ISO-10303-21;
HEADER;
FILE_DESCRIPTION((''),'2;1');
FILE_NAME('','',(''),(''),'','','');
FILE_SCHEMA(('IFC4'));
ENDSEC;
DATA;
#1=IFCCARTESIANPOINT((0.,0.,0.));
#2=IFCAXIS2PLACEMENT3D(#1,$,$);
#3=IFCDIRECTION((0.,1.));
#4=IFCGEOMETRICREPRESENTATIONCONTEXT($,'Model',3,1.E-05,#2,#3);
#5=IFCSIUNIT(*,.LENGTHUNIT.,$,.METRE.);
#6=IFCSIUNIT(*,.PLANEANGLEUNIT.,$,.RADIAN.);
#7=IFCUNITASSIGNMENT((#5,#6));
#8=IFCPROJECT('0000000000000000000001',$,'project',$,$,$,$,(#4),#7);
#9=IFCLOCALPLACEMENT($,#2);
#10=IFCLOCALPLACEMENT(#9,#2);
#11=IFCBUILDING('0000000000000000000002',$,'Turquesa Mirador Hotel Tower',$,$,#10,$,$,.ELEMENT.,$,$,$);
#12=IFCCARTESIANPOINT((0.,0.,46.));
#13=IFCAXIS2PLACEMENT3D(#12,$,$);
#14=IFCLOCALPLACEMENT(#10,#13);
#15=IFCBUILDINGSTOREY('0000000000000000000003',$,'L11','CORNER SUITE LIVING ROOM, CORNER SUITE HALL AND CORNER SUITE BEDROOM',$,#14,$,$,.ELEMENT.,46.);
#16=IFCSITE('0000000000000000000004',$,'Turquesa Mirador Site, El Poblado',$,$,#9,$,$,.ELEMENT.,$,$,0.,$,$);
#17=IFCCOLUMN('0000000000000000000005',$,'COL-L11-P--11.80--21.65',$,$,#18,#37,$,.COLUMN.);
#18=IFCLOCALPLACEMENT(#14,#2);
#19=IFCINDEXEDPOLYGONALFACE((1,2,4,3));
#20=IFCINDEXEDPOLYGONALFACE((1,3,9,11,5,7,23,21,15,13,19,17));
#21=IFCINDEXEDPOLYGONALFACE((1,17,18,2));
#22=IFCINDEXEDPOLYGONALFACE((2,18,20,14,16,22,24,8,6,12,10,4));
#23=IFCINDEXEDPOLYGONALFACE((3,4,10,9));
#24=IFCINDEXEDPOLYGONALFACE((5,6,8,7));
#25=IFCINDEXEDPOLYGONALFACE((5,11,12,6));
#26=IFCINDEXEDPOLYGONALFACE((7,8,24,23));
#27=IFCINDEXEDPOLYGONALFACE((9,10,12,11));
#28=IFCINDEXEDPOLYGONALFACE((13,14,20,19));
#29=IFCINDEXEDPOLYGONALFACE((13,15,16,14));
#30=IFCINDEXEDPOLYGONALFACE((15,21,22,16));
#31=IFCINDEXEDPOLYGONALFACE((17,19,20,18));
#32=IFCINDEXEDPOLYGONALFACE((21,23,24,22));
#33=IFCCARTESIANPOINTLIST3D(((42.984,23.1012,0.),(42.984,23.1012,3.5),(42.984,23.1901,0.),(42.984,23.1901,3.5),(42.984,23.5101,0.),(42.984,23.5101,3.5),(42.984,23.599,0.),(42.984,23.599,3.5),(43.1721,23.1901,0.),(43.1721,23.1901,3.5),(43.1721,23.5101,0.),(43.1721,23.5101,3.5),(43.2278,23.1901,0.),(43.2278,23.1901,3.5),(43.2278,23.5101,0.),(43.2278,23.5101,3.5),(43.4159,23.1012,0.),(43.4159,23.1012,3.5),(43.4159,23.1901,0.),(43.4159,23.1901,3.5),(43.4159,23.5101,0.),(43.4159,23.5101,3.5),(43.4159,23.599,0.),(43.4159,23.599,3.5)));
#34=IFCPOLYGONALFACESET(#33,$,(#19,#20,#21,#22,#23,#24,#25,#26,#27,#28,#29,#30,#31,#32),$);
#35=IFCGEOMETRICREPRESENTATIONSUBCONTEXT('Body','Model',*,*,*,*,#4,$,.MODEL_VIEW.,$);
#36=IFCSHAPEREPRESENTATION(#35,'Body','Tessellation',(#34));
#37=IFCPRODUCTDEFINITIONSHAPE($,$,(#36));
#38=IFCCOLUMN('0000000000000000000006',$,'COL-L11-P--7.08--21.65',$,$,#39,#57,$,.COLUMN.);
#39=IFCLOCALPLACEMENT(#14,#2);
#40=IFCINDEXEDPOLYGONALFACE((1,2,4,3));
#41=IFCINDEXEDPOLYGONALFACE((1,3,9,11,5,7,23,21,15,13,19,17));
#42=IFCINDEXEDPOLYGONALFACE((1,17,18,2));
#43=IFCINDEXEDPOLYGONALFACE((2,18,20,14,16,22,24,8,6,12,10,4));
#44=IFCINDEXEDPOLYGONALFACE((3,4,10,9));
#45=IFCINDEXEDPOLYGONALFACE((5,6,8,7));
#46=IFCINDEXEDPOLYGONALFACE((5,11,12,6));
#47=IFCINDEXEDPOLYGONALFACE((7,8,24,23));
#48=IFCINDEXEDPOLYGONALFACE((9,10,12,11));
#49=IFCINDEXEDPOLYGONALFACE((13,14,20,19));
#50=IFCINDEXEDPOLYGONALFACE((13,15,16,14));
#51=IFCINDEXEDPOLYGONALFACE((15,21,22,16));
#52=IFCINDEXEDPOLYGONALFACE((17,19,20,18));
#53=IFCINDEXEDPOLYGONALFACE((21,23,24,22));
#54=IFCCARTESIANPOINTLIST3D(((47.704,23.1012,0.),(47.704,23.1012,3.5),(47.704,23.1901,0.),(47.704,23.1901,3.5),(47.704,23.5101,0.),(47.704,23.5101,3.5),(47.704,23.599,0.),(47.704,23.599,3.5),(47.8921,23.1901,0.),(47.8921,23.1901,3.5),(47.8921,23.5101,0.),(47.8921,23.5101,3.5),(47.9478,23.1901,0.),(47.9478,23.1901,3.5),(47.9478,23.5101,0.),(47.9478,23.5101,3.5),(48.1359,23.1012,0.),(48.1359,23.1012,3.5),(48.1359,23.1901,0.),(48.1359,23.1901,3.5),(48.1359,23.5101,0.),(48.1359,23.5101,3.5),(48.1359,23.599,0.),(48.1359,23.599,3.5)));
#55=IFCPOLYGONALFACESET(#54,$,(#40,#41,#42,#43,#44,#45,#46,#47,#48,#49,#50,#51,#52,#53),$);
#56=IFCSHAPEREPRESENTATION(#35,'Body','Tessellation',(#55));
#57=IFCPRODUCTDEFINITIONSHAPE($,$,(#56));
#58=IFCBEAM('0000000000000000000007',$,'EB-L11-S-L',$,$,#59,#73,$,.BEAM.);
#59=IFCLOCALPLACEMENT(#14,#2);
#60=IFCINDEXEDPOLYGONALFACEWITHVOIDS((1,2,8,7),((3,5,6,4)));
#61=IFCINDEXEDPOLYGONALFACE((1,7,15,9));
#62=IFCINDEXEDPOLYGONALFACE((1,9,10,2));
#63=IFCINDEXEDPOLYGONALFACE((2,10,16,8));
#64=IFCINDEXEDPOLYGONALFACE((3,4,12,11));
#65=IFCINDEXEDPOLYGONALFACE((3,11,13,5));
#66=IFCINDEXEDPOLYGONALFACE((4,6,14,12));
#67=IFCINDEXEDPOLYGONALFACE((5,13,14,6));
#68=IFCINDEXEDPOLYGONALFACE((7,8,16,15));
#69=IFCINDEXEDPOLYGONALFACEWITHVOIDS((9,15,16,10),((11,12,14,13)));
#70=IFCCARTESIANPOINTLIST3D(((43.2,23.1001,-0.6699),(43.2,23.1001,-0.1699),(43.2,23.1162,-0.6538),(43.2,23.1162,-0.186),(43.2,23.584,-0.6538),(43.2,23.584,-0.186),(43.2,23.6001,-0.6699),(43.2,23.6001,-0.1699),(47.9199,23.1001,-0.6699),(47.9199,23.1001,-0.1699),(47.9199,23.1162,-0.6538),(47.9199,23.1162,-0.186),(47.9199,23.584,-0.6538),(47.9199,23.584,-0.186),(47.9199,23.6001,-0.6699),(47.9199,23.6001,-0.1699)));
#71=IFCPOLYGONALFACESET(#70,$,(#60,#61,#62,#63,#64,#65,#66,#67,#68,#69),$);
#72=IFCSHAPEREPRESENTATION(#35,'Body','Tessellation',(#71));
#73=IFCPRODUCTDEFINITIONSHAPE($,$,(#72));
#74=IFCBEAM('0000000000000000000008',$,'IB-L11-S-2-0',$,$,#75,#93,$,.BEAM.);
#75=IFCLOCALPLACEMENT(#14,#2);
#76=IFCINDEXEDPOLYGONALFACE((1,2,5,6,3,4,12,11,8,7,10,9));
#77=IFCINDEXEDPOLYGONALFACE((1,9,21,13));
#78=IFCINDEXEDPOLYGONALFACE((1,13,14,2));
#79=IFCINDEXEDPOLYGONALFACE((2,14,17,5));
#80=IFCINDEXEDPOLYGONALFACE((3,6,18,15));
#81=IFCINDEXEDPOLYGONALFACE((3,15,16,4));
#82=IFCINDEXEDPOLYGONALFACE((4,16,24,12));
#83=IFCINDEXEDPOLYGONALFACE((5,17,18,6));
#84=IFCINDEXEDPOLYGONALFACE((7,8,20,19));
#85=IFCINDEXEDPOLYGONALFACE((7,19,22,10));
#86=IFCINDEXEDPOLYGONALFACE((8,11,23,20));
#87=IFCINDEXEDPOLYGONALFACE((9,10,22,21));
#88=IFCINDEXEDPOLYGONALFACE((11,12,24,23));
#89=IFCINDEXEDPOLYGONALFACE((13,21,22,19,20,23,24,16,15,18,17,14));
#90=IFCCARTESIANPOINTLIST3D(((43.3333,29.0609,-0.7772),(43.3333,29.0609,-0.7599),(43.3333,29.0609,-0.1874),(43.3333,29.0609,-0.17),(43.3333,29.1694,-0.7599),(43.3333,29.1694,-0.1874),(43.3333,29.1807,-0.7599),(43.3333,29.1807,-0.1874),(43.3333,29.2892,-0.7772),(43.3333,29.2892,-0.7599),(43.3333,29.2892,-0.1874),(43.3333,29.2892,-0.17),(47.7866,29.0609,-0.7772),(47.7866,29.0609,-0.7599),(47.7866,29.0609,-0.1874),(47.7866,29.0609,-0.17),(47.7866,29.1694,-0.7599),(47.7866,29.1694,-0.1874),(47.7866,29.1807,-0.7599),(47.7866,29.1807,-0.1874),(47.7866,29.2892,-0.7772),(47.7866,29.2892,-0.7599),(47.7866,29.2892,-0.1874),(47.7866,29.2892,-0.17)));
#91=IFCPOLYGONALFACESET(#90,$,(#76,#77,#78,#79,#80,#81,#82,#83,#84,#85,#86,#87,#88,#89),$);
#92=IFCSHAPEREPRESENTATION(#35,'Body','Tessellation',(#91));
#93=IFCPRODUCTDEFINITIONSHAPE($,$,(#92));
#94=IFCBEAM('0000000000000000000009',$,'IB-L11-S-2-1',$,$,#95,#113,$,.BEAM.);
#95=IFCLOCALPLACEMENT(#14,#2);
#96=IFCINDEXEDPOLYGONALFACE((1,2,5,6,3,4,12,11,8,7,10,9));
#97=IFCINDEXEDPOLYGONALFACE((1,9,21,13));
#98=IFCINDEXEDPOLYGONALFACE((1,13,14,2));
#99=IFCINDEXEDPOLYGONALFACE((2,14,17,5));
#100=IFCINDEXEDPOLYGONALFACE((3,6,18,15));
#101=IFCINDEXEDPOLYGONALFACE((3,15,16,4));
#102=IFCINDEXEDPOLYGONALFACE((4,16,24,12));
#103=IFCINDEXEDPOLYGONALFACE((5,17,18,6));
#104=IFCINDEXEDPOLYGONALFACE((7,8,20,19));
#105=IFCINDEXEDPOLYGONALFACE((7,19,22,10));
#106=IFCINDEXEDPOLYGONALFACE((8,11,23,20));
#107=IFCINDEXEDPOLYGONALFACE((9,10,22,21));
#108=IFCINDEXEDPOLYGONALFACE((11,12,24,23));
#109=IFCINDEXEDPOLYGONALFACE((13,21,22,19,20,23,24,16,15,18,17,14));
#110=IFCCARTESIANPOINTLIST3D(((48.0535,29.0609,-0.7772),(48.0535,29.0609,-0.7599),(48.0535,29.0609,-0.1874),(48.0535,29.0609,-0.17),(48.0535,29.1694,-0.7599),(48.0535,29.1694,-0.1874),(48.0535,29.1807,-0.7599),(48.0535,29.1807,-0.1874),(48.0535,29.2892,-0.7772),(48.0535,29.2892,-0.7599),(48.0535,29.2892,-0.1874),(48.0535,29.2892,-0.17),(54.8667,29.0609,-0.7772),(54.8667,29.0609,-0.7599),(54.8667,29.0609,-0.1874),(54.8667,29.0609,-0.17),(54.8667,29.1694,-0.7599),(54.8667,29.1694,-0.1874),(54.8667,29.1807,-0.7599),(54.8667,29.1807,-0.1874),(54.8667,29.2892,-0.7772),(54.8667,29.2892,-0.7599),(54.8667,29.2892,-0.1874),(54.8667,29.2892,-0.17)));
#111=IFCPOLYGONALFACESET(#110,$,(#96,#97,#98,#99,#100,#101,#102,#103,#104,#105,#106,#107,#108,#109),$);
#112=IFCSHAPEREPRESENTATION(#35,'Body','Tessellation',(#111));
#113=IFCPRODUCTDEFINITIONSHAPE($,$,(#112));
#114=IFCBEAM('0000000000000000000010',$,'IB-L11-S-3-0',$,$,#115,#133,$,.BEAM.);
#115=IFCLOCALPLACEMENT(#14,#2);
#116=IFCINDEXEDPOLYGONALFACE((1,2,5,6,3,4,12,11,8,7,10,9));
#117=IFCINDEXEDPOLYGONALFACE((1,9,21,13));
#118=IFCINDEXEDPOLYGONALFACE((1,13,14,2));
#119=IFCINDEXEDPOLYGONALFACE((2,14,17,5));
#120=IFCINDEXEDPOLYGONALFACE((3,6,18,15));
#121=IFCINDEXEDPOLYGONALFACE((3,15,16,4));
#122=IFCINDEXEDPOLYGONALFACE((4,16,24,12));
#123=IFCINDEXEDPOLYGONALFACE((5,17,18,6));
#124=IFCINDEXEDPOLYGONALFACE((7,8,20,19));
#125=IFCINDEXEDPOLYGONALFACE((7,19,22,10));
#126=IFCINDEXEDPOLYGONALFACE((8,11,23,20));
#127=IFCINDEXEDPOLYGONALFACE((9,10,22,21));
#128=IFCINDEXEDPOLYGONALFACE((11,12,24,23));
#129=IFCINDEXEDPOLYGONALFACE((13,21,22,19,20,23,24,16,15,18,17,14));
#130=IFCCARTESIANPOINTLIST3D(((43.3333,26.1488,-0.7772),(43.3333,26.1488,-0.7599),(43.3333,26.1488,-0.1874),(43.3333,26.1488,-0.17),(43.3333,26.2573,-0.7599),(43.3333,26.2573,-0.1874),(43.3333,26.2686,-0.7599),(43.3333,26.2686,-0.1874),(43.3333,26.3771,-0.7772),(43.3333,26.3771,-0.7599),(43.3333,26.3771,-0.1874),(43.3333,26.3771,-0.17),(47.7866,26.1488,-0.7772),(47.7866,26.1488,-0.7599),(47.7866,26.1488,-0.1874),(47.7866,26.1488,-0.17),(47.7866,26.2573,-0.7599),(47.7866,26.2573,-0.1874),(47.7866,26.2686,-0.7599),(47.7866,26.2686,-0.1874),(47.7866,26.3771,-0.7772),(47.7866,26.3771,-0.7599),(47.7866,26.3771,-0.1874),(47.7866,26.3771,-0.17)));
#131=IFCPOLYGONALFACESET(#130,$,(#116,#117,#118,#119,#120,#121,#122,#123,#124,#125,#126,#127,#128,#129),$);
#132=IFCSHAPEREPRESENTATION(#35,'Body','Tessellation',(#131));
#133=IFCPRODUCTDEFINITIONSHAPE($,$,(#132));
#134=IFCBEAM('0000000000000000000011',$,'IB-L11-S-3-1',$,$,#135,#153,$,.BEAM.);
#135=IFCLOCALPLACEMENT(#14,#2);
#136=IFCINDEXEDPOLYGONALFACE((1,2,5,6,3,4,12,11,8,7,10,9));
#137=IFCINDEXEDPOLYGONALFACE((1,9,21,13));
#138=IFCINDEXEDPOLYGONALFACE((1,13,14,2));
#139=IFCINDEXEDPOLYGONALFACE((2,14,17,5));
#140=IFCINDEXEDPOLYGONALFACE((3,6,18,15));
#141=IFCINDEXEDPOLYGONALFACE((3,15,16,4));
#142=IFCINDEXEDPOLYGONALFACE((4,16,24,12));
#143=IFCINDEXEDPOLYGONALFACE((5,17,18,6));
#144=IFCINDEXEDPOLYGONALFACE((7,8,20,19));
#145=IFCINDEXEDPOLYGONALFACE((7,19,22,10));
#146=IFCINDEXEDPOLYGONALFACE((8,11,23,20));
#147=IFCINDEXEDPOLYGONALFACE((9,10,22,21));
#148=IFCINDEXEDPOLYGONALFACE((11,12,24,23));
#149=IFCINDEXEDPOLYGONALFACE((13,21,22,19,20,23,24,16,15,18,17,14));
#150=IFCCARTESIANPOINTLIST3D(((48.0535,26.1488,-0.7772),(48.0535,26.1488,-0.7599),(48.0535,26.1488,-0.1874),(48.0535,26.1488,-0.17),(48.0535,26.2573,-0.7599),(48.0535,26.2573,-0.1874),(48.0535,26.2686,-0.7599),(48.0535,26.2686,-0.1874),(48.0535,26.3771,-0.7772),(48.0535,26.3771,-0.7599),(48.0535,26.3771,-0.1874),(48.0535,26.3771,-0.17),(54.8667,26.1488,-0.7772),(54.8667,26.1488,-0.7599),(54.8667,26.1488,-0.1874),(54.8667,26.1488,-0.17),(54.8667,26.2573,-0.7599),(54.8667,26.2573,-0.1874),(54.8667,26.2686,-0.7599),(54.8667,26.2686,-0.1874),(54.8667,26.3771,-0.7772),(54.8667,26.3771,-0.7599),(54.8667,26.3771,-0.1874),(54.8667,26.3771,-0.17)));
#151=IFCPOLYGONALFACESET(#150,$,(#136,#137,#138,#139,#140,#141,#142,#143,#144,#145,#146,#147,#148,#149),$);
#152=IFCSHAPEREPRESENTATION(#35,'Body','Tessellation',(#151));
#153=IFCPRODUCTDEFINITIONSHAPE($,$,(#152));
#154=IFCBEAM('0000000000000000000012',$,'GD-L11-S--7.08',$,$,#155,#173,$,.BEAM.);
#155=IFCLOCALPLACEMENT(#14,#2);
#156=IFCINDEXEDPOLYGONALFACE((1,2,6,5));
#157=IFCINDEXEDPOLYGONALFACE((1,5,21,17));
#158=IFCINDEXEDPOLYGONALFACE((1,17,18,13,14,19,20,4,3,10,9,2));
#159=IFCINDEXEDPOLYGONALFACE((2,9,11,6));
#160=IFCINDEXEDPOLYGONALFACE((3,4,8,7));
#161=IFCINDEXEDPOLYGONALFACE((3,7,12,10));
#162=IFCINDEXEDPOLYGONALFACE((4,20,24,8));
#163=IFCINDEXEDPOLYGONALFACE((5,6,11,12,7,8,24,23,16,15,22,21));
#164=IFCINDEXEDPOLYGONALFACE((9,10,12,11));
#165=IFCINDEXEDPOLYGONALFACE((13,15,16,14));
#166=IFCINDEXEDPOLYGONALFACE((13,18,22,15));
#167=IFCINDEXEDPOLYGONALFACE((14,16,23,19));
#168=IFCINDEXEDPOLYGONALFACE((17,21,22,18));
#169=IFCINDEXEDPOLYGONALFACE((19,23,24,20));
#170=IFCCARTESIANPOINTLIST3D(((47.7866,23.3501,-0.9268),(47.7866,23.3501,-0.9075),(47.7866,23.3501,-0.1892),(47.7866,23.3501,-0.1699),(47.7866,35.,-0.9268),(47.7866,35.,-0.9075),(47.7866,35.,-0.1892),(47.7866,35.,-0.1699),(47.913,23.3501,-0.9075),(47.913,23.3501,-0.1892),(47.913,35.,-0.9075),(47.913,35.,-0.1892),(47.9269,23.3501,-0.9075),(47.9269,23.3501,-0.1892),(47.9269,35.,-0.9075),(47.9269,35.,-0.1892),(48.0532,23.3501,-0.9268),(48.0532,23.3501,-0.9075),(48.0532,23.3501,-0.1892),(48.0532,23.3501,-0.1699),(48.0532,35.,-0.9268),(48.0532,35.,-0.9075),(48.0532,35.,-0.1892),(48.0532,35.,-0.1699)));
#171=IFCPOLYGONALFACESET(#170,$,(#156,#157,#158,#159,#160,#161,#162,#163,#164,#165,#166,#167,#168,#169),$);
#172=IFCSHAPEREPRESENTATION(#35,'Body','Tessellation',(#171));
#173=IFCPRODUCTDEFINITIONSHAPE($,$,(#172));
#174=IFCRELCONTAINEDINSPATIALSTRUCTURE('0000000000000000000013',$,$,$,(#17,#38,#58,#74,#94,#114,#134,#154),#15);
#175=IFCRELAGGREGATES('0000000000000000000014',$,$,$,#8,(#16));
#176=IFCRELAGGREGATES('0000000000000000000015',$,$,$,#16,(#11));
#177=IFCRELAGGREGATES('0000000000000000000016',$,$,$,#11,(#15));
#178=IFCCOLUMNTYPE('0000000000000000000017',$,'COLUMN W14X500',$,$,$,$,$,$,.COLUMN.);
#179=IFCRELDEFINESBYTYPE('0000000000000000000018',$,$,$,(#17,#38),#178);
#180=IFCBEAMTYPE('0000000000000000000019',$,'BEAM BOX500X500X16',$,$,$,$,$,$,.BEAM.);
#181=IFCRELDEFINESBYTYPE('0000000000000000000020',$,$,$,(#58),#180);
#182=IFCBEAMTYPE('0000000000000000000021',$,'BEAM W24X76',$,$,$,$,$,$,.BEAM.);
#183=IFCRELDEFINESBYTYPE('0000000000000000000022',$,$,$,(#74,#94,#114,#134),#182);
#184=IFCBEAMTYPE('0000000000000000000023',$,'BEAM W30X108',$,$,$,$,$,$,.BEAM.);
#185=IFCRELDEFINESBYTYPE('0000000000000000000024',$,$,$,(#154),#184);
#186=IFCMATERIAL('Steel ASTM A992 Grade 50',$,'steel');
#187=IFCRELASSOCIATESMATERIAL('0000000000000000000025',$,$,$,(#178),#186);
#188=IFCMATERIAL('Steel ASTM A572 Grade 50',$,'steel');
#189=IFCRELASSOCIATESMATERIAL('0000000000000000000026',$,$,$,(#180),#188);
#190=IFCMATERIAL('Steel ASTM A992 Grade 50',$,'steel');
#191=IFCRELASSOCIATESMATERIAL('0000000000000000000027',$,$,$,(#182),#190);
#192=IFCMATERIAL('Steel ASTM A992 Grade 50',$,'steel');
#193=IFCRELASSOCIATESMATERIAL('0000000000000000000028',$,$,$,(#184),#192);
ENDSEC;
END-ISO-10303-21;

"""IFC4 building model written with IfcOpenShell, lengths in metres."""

from ifc_helpers import new_model, si_unit, direction, frame, origin, origin_2d, place, context, subcontext, project, spatial, hollow_rectangle, i_section, extrude, material, material_profile, profile_set, type_object, element, save


model = new_model("IFC4")

# Units and contexts
model_context = context("Model", 3, precision=1e-05, world=origin(), true_north=direction((0.0, 1.0)))
body_context = subcontext(model_context, "Body", "Model", "MODEL_VIEW")
ifc_project = project(units=[si_unit("LENGTHUNIT", "METRE"), si_unit("PLANEANGLEUNIT", "RADIAN")], contexts=[model_context])

# Site, building, storey
site_placement = place(None, origin())
site = spatial("IfcSite", under=ifc_project, at=site_placement, Name="Turquesa Mirador Site, El Poblado", CompositionType="ELEMENT", RefElevation=0.0)
building_placement = place(site_placement, origin())
building = spatial("IfcBuilding", under=site, at=building_placement, Name="Turquesa Mirador Hotel Tower", CompositionType="ELEMENT")
storey_placement = place(building_placement, frame((0.0, 0.0, 46.0)))
storey = spatial("IfcBuildingStorey", under=building, at=storey_placement, Name="L11", Description="CORNER SUITE LIVING ROOM, CORNER SUITE HALL AND CORNER SUITE BEDROOM", CompositionType="ELEMENT", Elevation=46.0)

# Columns
ifc_material_1 = material(Name="Steel ASTM A992 Grade 50", Category="steel")
ifc_material_profile_1 = material_profile(ifc_material_1, i_section(OverallWidth=0.4319, OverallDepth=0.4978, WebThickness=0.0557, FlangeThickness=0.0889, at=origin_2d()), Name="W14X500")
ifc_profile_set_1 = profile_set([ifc_material_profile_1], Name="Steel ASTM A992 Grade 50")
column_type = type_object("IfcColumnType", Name="COLUMN W14X500", PredefinedType="COLUMN", material=ifc_profile_set_1)
for number, where, z_axis, x_axis, name in (
    (1, (43.2, 23.3501, 0.0), (0.0, 0.0, 1.0), (1.0, 0.0, 0.0), "COL-L11-P--11.80--21.65"),
    (2, (47.9199, 23.3501, 0.0), (0.0, 0.0, 1.0), (1.0, 0.0, 0.0), "COL-L11-P--7.08--21.65"),
):
    element("IfcColumn", number, at=place(storey_placement, frame(where, z_axis=z_axis, x_axis=x_axis)), inside=storey, type_object=column_type, Name=name, PredefinedType="COLUMN", context=body_context, shape_type="SweptSolid", body=[
        extrude(i_section(OverallWidth=0.4319, OverallDepth=0.4978, WebThickness=0.0557, FlangeThickness=0.0889, at=origin_2d()), origin(), (0.0, 0.0, 1.0), 3.5),
    ])

# Beams
ifc_material_2 = material(Name="Steel ASTM A572 Grade 50", Category="steel")
ifc_material_profile_2 = material_profile(ifc_material_2, hollow_rectangle(XDim=0.5, YDim=0.5, WallThickness=0.0161, at=origin_2d()), Name="BOX500X500X16")
ifc_profile_set_2 = profile_set([ifc_material_profile_2], Name="Steel ASTM A572 Grade 50")
beam_type_1 = type_object("IfcBeamType", Name="BEAM BOX500X500X16", PredefinedType="BEAM", material=ifc_profile_set_2)
beam_1_placement = place(storey_placement, frame((43.2, 23.3501, -0.4199), z_axis=(1.0, 0.0, 0.0), x_axis=(0.0, 1.0, 0.0)))
element("IfcBeam", 3, at=beam_1_placement, inside=storey, type_object=beam_type_1, Name="EB-L11-S-L", PredefinedType="BEAM", context=body_context, shape_type="SweptSolid", body=[
    extrude(hollow_rectangle(XDim=0.5, YDim=0.5, WallThickness=0.0161, at=origin_2d()), origin(), (0.0, 0.0, 1.0), 4.72),
])
ifc_material_3 = material(Name="Steel ASTM A992 Grade 50", Category="steel")
ifc_material_profile_3 = material_profile(ifc_material_3, i_section(OverallWidth=0.2283, OverallDepth=0.6072, WebThickness=0.0112, FlangeThickness=0.0173, at=origin_2d()), Name="W24X76")
ifc_profile_set_3 = profile_set([ifc_material_profile_3], Name="Steel ASTM A992 Grade 50")
beam_type_2 = type_object("IfcBeamType", Name="BEAM W24X76", PredefinedType="BEAM", material=ifc_profile_set_3)
beam_2_placement = place(storey_placement, frame((43.3333, 29.175, -0.4736), z_axis=(1.0, 0.0, 0.0), x_axis=(0.0, 1.0, 0.0)))
element("IfcBeam", 4, at=beam_2_placement, inside=storey, type_object=beam_type_2, Name="IB-L11-S-2-0", PredefinedType="BEAM", context=body_context, shape_type="SweptSolid", body=[
    extrude(i_section(OverallWidth=0.2283, OverallDepth=0.6072, WebThickness=0.0112, FlangeThickness=0.0173, at=origin_2d()), origin(), (0.0, 0.0, 1.0), 4.4534),
])
beam_3_placement = place(storey_placement, frame((48.0535, 29.175, -0.4736), z_axis=(1.0, 0.0, 0.0), x_axis=(0.0, 1.0, 0.0)))
element("IfcBeam", 5, at=beam_3_placement, inside=storey, type_object=beam_type_2, Name="IB-L11-S-2-1", PredefinedType="BEAM", context=body_context, shape_type="SweptSolid", body=[
    extrude(i_section(OverallWidth=0.2283, OverallDepth=0.6072, WebThickness=0.0112, FlangeThickness=0.0173, at=origin_2d()), origin(), (0.0, 0.0, 1.0), 6.8132),
])
beam_4_placement = place(storey_placement, frame((43.3333, 26.2629, -0.4736), z_axis=(1.0, 0.0, 0.0), x_axis=(0.0, 1.0, 0.0)))
element("IfcBeam", 6, at=beam_4_placement, inside=storey, type_object=beam_type_2, Name="IB-L11-S-3-0", PredefinedType="BEAM", context=body_context, shape_type="SweptSolid", body=[
    extrude(i_section(OverallWidth=0.2283, OverallDepth=0.6072, WebThickness=0.0112, FlangeThickness=0.0173, at=origin_2d()), origin(), (0.0, 0.0, 1.0), 4.4534),
])
beam_5_placement = place(storey_placement, frame((48.0535, 26.2629, -0.4736), z_axis=(1.0, 0.0, 0.0), x_axis=(0.0, 1.0, 0.0)))
element("IfcBeam", 7, at=beam_5_placement, inside=storey, type_object=beam_type_2, Name="IB-L11-S-3-1", PredefinedType="BEAM", context=body_context, shape_type="SweptSolid", body=[
    extrude(i_section(OverallWidth=0.2283, OverallDepth=0.6072, WebThickness=0.0112, FlangeThickness=0.0173, at=origin_2d()), origin(), (0.0, 0.0, 1.0), 6.8132),
])
ifc_material_4 = material(Name="Steel ASTM A992 Grade 50", Category="steel")
ifc_material_profile_4 = material_profile(ifc_material_4, i_section(OverallWidth=0.2666, OverallDepth=0.7568, WebThickness=0.0139, FlangeThickness=0.0193, at=origin_2d()), Name="W30X108")
ifc_profile_set_4 = profile_set([ifc_material_profile_4], Name="Steel ASTM A992 Grade 50")
beam_type_3 = type_object("IfcBeamType", Name="BEAM W30X108", PredefinedType="BEAM", material=ifc_profile_set_4)
beam_6_placement = place(storey_placement, frame((47.9199, 23.3501, -0.5483), z_axis=(0.0, 1.0, 0.0), x_axis=(-1.0, 0.0, 0.0)))
element("IfcBeam", 8, at=beam_6_placement, inside=storey, type_object=beam_type_3, Name="GD-L11-S--7.08", PredefinedType="BEAM", context=body_context, shape_type="SweptSolid", body=[
    extrude(i_section(OverallWidth=0.2666, OverallDepth=0.7568, WebThickness=0.0139, FlangeThickness=0.0193, at=origin_2d()), origin(), (0.0, 0.0, 1.0), 11.6499),
])

save(model, "model.ifc")
